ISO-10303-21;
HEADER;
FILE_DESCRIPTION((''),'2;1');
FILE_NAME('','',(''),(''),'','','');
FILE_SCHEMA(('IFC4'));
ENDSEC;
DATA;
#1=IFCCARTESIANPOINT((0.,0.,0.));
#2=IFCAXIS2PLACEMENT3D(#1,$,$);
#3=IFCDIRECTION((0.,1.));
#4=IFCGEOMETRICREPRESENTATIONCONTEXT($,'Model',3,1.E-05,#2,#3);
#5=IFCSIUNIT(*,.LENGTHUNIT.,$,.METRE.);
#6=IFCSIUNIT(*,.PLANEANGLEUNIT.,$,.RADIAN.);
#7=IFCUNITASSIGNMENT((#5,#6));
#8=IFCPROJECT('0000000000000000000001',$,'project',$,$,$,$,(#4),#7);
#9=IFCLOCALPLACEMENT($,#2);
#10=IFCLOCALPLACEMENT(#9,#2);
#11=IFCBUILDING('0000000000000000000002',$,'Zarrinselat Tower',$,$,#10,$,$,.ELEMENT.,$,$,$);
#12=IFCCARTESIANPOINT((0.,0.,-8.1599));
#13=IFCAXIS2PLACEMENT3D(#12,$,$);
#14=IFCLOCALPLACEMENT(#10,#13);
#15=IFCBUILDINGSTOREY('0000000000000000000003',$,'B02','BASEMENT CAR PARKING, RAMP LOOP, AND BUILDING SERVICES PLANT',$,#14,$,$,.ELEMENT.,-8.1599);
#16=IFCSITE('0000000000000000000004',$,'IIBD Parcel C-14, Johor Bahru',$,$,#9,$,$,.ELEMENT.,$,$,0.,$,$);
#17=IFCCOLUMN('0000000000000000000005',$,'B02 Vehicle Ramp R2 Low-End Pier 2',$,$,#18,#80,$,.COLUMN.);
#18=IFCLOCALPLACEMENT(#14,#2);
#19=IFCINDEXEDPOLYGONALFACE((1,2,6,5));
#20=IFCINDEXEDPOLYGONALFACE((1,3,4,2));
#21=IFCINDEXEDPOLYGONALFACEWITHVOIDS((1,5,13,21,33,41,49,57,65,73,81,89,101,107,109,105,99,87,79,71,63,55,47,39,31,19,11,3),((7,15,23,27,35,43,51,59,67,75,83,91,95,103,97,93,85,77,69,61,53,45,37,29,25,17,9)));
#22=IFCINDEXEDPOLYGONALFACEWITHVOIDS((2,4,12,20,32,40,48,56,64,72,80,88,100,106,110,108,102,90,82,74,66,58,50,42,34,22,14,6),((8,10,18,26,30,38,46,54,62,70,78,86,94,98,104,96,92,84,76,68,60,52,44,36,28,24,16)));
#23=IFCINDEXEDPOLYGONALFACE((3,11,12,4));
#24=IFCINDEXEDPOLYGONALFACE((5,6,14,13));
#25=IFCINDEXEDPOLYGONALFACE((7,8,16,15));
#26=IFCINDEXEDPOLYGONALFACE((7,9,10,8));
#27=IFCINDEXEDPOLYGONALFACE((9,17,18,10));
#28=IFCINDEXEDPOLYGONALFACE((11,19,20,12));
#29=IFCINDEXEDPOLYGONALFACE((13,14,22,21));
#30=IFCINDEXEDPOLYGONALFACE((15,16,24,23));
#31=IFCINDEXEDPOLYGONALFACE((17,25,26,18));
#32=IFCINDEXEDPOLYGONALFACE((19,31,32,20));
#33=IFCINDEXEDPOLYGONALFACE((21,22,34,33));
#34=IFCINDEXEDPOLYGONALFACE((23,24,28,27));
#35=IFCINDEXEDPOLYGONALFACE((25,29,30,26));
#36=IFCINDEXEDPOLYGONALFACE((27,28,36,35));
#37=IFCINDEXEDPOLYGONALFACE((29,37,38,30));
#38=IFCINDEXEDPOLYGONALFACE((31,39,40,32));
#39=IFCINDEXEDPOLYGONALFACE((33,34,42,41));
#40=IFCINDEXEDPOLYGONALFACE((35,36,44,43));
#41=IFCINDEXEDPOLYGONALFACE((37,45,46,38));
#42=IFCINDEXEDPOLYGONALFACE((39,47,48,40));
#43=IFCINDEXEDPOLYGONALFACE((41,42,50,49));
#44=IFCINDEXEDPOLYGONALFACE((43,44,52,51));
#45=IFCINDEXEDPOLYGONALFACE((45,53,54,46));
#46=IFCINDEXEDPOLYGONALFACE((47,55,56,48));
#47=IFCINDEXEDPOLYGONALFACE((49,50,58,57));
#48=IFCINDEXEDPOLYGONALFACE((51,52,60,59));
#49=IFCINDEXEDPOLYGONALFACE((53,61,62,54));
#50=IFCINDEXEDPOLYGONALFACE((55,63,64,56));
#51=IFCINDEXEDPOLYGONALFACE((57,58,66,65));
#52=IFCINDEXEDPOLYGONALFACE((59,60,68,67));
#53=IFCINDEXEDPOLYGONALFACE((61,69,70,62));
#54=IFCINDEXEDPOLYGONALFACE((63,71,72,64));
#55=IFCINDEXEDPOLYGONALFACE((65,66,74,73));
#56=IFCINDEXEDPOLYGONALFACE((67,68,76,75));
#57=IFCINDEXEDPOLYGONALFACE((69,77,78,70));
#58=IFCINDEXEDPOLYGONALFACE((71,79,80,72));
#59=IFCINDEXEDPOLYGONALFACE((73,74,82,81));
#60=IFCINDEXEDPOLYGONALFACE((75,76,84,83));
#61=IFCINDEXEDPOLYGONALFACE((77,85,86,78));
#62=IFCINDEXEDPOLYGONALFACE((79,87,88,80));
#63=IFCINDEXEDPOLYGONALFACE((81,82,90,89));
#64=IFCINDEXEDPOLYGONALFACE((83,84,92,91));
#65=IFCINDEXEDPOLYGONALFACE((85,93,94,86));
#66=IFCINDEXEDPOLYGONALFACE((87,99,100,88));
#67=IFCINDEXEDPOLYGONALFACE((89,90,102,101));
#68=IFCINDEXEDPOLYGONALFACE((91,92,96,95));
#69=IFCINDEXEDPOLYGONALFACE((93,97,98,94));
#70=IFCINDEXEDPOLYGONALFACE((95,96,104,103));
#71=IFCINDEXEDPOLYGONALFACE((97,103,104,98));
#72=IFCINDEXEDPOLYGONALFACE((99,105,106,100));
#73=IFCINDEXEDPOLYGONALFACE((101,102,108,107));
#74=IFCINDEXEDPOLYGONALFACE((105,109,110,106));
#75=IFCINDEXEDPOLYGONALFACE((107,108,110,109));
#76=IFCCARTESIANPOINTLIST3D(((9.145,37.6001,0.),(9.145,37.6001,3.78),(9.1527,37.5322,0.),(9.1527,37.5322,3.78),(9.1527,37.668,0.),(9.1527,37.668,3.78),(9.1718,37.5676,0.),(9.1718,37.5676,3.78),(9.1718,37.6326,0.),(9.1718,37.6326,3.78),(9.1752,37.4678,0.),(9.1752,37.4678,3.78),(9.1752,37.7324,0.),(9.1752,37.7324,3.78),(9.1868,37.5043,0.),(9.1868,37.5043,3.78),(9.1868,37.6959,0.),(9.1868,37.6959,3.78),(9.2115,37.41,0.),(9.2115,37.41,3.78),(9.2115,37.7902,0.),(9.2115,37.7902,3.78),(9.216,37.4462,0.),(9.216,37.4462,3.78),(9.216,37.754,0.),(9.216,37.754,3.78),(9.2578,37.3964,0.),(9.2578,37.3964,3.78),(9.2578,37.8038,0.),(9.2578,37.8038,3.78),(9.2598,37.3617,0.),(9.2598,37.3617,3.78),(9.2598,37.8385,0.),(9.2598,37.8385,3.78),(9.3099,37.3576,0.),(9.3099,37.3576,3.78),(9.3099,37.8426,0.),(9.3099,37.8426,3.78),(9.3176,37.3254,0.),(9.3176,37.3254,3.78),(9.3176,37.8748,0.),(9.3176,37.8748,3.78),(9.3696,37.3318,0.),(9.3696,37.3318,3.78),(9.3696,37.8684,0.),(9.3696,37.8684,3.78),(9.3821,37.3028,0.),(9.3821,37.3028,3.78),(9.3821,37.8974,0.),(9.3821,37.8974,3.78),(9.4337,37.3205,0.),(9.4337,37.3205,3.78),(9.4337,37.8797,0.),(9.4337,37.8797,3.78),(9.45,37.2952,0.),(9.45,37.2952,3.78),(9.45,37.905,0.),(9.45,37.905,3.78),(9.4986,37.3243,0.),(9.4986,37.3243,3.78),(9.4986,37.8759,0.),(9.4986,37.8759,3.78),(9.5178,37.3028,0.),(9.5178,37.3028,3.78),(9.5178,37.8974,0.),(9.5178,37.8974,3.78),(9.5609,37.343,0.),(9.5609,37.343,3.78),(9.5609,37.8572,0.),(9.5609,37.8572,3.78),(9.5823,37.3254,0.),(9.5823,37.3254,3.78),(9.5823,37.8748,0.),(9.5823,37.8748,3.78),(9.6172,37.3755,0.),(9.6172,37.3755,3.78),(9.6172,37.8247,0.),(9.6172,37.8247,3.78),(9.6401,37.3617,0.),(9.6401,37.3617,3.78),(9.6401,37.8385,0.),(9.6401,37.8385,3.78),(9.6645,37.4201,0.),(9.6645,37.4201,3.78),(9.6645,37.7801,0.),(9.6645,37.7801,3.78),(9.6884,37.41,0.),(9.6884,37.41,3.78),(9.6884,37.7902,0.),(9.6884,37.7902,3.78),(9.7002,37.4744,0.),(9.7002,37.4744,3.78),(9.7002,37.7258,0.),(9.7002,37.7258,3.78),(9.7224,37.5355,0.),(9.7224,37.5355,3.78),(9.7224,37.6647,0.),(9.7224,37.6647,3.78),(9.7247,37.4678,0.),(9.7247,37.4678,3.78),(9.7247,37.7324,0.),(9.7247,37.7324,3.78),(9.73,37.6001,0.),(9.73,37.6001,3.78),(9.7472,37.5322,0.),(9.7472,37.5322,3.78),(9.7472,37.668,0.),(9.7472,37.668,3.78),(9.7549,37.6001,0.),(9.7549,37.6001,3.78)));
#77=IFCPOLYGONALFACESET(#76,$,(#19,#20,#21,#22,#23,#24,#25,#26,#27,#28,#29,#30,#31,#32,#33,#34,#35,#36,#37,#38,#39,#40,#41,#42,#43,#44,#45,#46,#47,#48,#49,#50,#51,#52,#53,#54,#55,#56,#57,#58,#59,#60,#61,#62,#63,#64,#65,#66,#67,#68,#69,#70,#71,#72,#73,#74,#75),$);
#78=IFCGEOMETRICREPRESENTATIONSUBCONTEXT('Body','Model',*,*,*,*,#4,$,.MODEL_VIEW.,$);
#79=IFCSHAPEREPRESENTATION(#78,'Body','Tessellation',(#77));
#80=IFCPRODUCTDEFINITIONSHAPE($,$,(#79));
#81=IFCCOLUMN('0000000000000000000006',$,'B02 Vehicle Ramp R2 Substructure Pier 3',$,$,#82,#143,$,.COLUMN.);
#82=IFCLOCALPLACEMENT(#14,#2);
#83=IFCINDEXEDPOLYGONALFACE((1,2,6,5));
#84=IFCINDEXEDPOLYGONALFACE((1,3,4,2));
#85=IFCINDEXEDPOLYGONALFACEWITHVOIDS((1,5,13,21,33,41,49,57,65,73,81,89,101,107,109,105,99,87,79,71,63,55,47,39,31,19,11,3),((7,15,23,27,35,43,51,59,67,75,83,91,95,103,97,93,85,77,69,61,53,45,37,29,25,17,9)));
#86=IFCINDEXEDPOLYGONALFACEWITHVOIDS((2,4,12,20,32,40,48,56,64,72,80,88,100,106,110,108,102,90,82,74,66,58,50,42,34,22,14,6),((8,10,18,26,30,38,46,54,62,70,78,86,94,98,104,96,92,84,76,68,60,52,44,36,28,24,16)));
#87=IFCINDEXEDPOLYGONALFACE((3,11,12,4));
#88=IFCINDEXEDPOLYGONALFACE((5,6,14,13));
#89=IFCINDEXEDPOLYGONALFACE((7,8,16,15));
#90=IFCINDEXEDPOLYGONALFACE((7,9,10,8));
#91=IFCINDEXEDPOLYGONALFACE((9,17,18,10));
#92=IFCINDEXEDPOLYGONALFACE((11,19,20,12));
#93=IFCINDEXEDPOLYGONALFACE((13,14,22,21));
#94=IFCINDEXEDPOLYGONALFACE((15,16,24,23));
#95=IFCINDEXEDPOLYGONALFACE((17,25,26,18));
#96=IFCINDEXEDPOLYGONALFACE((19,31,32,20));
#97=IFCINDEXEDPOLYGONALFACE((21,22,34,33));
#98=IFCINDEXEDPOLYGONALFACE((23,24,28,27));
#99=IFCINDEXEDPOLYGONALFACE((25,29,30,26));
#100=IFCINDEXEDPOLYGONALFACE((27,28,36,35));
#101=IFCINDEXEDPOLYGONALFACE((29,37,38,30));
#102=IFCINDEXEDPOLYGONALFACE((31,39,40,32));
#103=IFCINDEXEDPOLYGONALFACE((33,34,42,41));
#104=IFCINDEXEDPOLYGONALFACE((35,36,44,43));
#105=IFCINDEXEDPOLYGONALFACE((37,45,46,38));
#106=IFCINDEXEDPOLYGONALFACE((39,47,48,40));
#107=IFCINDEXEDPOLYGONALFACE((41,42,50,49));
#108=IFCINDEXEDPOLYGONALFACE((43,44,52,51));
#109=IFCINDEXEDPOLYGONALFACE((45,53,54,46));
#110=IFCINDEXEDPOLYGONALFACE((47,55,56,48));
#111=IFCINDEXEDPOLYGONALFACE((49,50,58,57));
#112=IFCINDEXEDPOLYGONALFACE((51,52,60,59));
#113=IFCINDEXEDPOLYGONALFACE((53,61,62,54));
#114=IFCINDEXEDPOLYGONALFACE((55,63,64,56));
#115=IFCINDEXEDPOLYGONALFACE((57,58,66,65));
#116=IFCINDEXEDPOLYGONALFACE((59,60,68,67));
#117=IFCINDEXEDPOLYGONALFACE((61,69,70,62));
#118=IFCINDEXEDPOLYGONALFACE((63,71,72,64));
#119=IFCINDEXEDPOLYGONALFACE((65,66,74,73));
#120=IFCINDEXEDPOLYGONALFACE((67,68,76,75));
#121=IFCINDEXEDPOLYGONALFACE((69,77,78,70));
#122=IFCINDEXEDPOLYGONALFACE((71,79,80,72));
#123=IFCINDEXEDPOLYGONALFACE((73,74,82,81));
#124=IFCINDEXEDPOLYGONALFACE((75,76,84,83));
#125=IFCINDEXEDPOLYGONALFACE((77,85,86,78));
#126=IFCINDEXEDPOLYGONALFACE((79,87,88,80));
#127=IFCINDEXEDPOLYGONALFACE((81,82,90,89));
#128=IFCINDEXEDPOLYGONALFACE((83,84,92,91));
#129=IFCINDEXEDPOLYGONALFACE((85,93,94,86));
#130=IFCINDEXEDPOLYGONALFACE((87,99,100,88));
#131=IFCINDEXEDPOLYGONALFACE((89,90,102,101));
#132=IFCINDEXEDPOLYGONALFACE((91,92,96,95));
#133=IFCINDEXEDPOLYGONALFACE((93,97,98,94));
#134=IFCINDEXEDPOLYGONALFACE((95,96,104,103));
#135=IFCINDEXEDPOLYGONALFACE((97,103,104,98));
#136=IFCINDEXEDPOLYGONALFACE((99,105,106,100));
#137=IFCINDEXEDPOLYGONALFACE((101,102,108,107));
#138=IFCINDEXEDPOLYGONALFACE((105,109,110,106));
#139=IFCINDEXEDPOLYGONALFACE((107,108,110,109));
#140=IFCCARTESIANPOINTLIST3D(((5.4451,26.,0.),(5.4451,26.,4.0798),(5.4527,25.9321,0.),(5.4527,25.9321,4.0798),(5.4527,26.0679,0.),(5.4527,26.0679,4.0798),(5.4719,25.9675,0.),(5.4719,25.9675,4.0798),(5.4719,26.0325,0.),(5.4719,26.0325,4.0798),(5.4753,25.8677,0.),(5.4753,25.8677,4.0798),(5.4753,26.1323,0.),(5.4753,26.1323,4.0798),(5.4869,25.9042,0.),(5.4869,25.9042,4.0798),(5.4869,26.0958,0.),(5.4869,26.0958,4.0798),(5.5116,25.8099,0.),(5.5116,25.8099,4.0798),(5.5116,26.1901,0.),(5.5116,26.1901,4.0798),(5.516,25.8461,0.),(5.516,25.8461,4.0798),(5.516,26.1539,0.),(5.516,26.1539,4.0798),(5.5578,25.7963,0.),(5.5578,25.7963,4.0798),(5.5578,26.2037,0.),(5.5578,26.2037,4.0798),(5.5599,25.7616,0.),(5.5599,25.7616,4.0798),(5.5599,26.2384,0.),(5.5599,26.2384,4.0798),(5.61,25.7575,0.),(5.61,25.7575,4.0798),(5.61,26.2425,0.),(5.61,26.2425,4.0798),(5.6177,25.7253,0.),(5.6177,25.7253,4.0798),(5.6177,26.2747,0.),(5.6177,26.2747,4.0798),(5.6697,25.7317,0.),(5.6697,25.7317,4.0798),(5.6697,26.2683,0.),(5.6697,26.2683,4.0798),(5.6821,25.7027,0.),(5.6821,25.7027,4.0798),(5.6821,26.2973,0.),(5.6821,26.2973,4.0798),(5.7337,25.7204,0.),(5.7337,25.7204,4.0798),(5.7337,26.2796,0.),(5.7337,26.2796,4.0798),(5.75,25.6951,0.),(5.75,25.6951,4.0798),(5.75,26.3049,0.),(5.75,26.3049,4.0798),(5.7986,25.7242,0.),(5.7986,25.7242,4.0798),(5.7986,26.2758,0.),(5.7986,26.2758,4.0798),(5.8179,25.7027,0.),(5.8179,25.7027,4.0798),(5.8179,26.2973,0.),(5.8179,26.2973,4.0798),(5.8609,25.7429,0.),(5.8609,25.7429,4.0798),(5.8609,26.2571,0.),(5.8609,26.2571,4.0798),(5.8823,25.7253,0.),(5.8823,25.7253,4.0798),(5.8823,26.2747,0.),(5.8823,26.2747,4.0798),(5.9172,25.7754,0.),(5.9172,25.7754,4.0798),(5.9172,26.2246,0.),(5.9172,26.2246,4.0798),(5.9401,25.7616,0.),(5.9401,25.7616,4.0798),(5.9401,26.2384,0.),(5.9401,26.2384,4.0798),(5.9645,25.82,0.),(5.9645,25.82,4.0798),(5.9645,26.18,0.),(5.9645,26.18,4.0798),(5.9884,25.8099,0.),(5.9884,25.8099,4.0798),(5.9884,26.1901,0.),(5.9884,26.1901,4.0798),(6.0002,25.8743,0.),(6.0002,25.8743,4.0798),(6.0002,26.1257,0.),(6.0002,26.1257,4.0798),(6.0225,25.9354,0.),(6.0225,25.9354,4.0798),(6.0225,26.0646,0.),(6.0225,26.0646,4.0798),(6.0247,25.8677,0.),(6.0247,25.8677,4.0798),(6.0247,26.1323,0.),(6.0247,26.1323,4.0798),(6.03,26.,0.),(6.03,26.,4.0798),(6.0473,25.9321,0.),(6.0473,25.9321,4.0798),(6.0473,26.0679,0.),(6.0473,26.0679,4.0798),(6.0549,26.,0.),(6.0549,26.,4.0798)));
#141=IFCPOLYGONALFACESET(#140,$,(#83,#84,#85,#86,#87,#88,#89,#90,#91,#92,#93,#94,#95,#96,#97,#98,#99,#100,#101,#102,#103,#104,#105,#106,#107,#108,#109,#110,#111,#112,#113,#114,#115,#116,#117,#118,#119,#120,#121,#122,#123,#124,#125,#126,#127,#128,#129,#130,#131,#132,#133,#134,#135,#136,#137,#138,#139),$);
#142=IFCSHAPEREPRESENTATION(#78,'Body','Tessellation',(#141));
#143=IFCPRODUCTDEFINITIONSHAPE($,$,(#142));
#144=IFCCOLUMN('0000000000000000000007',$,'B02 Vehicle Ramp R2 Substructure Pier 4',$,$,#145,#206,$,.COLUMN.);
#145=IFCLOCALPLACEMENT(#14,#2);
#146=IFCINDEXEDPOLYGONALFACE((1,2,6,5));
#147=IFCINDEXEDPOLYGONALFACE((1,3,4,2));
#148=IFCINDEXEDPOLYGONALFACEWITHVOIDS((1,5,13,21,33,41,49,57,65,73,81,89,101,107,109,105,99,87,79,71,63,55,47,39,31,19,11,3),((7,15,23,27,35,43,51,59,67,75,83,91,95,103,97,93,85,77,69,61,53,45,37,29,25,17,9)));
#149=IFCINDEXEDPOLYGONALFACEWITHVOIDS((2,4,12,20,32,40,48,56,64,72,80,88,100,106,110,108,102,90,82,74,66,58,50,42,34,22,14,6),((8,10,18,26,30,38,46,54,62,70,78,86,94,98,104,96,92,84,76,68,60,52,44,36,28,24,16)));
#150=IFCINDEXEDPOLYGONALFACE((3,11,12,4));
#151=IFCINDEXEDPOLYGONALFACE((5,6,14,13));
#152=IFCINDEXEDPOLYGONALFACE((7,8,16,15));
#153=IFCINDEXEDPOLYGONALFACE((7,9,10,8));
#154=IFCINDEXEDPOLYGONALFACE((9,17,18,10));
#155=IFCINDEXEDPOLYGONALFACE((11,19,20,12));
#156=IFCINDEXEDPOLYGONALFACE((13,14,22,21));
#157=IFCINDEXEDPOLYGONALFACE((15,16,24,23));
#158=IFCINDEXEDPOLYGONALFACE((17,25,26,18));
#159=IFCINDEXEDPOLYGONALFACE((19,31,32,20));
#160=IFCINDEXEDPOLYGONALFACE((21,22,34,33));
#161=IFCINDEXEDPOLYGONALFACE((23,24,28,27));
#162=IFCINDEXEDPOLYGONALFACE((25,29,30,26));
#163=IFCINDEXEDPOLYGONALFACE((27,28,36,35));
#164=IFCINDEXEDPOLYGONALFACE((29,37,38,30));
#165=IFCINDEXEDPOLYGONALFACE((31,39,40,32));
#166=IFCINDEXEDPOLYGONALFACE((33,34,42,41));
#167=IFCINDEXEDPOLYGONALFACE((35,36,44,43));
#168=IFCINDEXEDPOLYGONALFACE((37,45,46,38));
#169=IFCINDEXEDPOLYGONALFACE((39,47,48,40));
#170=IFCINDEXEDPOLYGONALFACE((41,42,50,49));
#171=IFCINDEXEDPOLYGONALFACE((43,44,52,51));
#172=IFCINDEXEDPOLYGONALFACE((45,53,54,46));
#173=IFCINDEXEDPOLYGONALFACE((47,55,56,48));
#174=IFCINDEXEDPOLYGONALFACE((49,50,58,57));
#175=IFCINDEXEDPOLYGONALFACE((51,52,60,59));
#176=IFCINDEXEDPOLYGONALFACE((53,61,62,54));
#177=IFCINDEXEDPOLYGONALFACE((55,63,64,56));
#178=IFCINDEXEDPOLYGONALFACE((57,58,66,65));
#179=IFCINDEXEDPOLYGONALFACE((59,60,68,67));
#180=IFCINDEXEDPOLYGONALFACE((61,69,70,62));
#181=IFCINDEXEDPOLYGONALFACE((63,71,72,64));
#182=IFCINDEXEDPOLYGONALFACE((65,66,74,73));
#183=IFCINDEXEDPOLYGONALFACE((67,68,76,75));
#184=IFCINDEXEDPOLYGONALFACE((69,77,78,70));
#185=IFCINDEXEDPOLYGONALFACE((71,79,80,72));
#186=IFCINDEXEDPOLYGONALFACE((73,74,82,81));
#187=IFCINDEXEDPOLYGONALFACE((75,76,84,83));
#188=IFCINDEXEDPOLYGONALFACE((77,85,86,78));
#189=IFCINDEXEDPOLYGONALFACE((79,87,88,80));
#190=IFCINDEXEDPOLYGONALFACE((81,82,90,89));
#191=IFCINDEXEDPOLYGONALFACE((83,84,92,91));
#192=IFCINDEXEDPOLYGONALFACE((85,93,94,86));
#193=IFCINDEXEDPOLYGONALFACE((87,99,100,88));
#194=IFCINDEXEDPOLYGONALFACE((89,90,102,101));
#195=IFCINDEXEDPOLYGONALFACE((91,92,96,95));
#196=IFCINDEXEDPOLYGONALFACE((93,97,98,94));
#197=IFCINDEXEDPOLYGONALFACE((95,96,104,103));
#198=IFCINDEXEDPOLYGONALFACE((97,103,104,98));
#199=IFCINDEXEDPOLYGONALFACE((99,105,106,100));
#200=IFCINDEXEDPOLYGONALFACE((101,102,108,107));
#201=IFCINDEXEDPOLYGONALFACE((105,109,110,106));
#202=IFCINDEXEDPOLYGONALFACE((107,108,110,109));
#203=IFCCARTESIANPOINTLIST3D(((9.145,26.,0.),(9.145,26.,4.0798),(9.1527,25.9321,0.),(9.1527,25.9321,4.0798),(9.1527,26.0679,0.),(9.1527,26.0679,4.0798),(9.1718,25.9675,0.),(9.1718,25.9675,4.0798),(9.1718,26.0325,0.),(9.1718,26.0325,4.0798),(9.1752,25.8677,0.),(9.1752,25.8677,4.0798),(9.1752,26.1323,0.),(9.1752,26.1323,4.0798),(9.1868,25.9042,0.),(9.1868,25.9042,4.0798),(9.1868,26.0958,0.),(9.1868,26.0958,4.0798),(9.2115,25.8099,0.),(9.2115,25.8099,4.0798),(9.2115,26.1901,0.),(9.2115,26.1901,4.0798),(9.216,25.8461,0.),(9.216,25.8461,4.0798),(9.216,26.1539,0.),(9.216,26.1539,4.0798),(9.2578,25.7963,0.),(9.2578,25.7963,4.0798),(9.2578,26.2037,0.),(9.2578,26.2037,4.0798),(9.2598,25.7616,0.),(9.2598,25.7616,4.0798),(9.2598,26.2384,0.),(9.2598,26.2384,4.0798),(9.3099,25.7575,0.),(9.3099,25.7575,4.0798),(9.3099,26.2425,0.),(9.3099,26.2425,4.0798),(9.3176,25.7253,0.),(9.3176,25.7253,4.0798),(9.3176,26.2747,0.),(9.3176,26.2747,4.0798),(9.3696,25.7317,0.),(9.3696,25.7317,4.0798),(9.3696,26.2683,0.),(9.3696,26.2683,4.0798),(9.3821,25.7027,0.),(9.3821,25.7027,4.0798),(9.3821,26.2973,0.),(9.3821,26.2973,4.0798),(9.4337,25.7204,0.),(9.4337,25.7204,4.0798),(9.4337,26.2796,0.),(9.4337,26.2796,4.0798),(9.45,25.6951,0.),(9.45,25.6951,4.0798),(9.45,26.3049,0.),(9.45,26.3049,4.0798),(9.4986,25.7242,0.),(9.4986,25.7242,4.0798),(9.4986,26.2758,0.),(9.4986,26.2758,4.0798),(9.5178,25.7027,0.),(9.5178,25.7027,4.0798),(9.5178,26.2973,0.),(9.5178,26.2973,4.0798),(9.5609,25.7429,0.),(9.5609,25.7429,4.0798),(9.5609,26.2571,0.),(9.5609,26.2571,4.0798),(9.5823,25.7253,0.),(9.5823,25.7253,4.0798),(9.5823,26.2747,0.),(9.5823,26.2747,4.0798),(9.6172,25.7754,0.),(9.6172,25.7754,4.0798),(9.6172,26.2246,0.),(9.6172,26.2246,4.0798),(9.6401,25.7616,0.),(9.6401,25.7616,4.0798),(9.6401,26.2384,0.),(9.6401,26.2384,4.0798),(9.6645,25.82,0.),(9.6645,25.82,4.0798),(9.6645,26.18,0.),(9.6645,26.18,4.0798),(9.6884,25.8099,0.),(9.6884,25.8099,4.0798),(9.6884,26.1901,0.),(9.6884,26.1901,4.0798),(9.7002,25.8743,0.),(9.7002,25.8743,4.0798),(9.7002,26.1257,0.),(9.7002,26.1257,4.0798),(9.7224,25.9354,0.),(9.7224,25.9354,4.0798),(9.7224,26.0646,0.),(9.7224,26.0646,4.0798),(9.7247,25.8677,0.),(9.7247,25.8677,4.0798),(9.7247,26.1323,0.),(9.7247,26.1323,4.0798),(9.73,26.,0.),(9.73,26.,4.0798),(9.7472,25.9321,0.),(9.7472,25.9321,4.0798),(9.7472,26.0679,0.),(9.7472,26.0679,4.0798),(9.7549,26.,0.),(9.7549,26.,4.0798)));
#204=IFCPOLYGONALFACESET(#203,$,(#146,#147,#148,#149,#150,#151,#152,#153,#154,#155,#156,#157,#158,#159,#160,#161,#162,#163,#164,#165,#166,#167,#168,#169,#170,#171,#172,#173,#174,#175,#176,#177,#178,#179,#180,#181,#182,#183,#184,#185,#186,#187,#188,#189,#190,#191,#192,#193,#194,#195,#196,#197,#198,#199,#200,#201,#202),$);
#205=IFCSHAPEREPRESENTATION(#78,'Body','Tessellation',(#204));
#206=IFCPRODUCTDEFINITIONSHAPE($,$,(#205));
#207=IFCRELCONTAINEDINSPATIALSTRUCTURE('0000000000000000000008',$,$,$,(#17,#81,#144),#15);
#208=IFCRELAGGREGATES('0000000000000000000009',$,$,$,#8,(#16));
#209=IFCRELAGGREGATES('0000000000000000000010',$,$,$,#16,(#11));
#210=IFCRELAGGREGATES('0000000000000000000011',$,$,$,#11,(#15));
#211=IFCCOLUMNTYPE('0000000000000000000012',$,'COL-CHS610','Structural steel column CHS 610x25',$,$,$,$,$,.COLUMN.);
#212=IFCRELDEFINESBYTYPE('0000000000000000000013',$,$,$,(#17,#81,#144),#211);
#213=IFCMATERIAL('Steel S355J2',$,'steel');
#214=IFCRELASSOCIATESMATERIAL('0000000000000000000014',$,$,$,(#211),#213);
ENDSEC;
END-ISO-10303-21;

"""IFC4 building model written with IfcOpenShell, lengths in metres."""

from ifc_helpers import new_model, si_unit, direction, frame, origin, origin_2d, place, context, subcontext, project, spatial, hollow_circle, extrude, material, material_profile, profile_set, type_object, element, save


model = new_model("IFC4")

# Units and contexts
model_context = context("Model", 3, precision=1e-05, world=origin(), true_north=direction((0.0, 1.0)))
body_context = subcontext(model_context, "Body", "Model", "MODEL_VIEW")
ifc_project = project(units=[si_unit("LENGTHUNIT", "METRE"), si_unit("PLANEANGLEUNIT", "RADIAN")], contexts=[model_context])

# Site, building, storey
site_placement = place(None, origin())
site = spatial("IfcSite", under=ifc_project, at=site_placement, Name="IIBD Parcel C-14, Johor Bahru", CompositionType="ELEMENT", RefElevation=0.0)
building_placement = place(site_placement, origin())
building = spatial("IfcBuilding", under=site, at=building_placement, Name="Zarrinselat Tower", CompositionType="ELEMENT")
storey_placement = place(building_placement, frame((0.0, 0.0, -8.1599)))
storey = spatial("IfcBuildingStorey", under=building, at=storey_placement, Name="B02", Description="BASEMENT CAR PARKING, RAMP LOOP, AND BUILDING SERVICES PLANT", CompositionType="ELEMENT", Elevation=-8.1599)

# Columns
ifc_material_1 = material(Name="Steel S355J2", Category="steel")
ifc_material_profile_1 = material_profile(ifc_material_1, hollow_circle(Radius=0.3049, WallThickness=0.0249, at=origin_2d()), Name="CHS 610x25")
ifc_profile_set_1 = profile_set([ifc_material_profile_1], Name="Steel S355J2")
column_type_1 = type_object("IfcColumnType", Name="COL-CHS610", Description="Structural steel column CHS 610x25", PredefinedType="COLUMN", material=ifc_profile_set_1)
for number, where, z_axis, x_axis, name in (
    (1, (9.45, 37.6001, 0.0), (0.0, 0.0, 1.0), (1.0, 0.0, 0.0), "B02 Vehicle Ramp R2 Low-End Pier 2"),
):
    element("IfcColumn", number, at=place(storey_placement, frame(where, z_axis=z_axis, x_axis=x_axis)), inside=storey, type_object=column_type_1, Name=name, PredefinedType="COLUMN", context=body_context, shape_type="SweptSolid", body=[
        extrude(hollow_circle(Radius=0.3049, WallThickness=0.0249, at=origin_2d()), origin(), (0.0, 0.0, 1.0), 3.78),
    ])
for number, where, z_axis, x_axis, name in (
    (2, (5.75, 26.0, 0.0), (0.0, 0.0, 1.0), (1.0, 0.0, 0.0), "B02 Vehicle Ramp R2 Substructure Pier 3"),
    (3, (9.45, 26.0, 0.0), (0.0, 0.0, 1.0), (1.0, 0.0, 0.0), "B02 Vehicle Ramp R2 Substructure Pier 4"),
):
    element("IfcColumn", number, at=place(storey_placement, frame(where, z_axis=z_axis, x_axis=x_axis)), inside=storey, type_object=column_type_1, Name=name, PredefinedType="COLUMN", context=body_context, shape_type="SweptSolid", body=[
        extrude(hollow_circle(Radius=0.3049, WallThickness=0.0249, at=origin_2d()), origin(), (0.0, 0.0, 1.0), 4.0798),
    ])

save(model, "model.ifc")
